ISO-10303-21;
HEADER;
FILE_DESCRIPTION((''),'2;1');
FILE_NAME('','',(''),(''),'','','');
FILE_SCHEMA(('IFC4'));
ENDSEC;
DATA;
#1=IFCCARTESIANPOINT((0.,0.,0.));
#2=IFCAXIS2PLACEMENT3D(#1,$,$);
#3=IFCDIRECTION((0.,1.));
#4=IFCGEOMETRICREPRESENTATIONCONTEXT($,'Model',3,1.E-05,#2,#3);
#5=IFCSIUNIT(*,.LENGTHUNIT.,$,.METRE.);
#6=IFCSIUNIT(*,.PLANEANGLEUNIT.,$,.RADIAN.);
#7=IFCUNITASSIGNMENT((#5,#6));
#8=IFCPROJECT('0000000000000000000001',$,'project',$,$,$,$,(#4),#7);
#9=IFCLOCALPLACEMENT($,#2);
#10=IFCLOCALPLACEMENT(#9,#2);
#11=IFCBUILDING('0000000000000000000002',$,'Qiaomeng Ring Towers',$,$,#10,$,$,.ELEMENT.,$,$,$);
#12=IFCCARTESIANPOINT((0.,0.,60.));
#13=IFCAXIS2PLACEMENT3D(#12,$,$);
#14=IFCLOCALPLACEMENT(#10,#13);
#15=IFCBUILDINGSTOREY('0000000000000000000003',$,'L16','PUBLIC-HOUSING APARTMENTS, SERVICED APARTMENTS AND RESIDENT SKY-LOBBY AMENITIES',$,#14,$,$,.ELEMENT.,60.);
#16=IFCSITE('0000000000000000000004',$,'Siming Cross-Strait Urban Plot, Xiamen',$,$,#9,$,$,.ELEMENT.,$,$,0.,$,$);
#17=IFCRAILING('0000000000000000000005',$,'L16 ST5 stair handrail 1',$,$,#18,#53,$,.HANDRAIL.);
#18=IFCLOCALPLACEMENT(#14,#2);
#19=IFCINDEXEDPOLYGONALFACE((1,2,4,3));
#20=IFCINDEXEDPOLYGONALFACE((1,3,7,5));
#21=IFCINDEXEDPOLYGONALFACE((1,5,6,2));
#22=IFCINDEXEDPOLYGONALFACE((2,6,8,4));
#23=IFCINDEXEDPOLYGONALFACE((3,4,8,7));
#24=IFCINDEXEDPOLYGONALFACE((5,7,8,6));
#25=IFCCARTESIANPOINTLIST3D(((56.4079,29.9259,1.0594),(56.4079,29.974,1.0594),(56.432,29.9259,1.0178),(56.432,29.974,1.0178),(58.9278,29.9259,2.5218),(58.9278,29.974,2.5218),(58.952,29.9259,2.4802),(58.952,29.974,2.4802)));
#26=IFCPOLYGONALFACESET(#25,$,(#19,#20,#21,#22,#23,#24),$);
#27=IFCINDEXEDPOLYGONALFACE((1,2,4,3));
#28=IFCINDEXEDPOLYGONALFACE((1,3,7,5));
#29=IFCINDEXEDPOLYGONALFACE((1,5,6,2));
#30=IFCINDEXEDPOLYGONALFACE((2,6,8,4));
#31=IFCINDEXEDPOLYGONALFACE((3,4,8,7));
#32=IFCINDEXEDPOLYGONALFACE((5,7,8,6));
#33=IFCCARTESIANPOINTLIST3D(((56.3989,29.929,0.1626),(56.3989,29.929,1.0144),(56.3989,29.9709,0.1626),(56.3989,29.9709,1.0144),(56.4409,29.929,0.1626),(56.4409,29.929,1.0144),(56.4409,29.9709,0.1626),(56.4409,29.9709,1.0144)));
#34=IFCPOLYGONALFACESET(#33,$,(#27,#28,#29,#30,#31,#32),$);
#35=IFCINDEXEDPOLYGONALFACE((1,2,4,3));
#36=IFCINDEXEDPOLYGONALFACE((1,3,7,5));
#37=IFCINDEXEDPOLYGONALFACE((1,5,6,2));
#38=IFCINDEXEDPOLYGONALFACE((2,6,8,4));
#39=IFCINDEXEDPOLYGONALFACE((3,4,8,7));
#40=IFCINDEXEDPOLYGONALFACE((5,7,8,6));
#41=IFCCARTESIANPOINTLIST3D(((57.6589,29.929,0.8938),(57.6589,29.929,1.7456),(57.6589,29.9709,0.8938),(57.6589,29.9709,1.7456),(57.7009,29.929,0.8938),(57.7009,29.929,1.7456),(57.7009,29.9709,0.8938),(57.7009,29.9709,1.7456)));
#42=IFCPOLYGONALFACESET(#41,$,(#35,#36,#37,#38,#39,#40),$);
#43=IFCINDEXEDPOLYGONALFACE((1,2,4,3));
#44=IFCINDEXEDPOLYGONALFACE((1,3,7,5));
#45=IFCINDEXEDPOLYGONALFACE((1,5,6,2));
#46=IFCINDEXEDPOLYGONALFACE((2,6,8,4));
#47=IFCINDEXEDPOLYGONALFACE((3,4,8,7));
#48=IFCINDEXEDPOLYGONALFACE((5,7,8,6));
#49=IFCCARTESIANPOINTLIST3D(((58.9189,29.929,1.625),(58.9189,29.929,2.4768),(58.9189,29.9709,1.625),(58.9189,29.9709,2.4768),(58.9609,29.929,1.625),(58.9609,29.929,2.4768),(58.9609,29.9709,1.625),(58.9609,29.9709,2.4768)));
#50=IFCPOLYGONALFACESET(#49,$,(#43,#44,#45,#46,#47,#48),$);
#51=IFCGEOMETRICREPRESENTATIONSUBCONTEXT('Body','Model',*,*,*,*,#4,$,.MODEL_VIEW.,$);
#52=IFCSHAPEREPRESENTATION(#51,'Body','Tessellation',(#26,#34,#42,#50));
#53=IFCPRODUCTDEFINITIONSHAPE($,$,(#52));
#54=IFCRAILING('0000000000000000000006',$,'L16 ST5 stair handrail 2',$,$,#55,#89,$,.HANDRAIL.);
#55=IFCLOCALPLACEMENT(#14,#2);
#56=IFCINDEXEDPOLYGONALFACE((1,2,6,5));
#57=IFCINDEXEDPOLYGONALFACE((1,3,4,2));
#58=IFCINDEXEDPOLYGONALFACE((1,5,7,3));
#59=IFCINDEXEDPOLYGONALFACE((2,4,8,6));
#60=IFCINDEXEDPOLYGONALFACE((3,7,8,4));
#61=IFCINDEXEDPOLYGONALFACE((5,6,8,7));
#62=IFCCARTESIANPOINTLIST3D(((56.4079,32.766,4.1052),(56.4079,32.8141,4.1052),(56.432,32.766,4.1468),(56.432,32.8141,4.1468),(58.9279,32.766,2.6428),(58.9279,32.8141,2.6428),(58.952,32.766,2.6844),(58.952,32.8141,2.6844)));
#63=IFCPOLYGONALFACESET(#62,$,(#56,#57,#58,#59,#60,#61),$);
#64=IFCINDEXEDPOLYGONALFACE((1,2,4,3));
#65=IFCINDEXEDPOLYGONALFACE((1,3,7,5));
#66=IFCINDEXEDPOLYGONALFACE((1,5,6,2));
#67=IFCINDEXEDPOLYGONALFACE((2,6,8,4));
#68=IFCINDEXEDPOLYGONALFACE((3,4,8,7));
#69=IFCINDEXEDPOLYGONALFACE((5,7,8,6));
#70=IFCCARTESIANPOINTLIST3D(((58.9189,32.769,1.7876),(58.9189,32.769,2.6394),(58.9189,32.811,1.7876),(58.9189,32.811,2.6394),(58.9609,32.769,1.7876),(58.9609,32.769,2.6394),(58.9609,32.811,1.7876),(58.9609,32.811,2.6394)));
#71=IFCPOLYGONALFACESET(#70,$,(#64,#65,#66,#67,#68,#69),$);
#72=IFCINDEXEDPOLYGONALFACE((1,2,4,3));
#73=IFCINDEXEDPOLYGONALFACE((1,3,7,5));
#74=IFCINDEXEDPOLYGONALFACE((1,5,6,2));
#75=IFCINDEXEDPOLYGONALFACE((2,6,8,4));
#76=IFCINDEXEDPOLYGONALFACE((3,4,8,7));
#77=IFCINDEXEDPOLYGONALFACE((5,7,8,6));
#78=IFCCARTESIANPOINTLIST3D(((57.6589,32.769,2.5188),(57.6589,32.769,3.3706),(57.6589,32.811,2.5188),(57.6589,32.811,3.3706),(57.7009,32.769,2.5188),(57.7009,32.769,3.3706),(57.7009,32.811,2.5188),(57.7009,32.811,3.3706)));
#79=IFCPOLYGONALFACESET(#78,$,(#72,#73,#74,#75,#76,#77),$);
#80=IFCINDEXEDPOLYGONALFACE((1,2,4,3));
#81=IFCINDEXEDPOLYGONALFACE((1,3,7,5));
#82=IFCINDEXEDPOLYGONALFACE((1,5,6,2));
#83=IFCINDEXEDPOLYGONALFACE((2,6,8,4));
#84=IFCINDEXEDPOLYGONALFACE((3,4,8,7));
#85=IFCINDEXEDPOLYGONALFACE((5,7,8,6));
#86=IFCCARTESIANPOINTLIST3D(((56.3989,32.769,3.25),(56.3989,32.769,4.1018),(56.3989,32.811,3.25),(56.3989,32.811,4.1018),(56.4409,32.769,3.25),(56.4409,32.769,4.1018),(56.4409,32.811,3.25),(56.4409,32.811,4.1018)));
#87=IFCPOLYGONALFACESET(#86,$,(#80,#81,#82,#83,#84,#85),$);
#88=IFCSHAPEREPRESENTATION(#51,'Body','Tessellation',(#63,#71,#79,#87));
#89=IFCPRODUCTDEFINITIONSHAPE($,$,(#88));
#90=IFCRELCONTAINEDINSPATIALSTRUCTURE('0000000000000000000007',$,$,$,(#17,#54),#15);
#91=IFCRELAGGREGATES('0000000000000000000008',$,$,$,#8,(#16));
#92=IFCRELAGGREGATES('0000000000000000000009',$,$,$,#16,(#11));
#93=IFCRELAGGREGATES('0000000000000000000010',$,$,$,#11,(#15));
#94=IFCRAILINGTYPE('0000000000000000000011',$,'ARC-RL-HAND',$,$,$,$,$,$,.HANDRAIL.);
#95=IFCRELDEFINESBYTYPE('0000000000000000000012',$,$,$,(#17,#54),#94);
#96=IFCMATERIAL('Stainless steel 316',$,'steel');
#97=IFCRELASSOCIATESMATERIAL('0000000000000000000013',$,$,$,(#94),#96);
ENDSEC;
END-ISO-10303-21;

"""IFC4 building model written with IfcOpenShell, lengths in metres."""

from ifc_helpers import new_model, si_unit, direction, frame, origin, origin_2d, place, context, subcontext, project, spatial, rectangle, extrude, material, type_object, element, save


model = new_model("IFC4")

# Units and contexts
model_context = context("Model", 3, precision=1e-05, world=origin(), true_north=direction((0.0, 1.0)))
body_context = subcontext(model_context, "Body", "Model", "MODEL_VIEW")
ifc_project = project(units=[si_unit("LENGTHUNIT", "METRE"), si_unit("PLANEANGLEUNIT", "RADIAN")], contexts=[model_context])

# Site, building, storey
site_placement = place(None, origin())
site = spatial("IfcSite", under=ifc_project, at=site_placement, Name="Siming Cross-Strait Urban Plot, Xiamen", CompositionType="ELEMENT", RefElevation=0.0)
building_placement = place(site_placement, origin())
building = spatial("IfcBuilding", under=site, at=building_placement, Name="Qiaomeng Ring Towers", CompositionType="ELEMENT")
storey_placement = place(building_placement, frame((0.0, 0.0, 60.0)))
storey = spatial("IfcBuildingStorey", under=building, at=storey_placement, Name="L16", Description="PUBLIC-HOUSING APARTMENTS, SERVICED APARTMENTS AND RESIDENT SKY-LOBBY AMENITIES", CompositionType="ELEMENT", Elevation=60.0)

# Shared definitions
ifc_material_1 = material(Name="Stainless steel 316", Category="steel")

# Railings
railing_type_1 = type_object("IfcRailingType", Name="ARC-RL-HAND", PredefinedType="HANDRAIL", material=ifc_material_1)
railing_1_placement = place(storey_placement, frame((56.4199, 29.95, 0.1626)))
element("IfcRailing", 1, at=railing_1_placement, inside=storey, type_object=railing_type_1, Name="L16 ST5 stair handrail 1", PredefinedType="HANDRAIL", context=body_context, shape_type="SweptSolid", body=[
    extrude(rectangle(XDim=0.0481, YDim=0.0481, at=origin_2d()), frame((0.0, 0.0, 0.876), z_axis=(0.864913, 0.0, 0.501921), x_axis=(0.0, 1.0, 0.0)), (0.0, 0.0, 1.0), 2.9136),
    extrude(rectangle(XDim=0.042, YDim=0.042, at=origin_2d()), origin(), (0.0, 0.0, 1.0), 0.8518),
    extrude(rectangle(XDim=0.042, YDim=0.042, at=origin_2d()), frame((1.26, 0.0, 0.7312)), (0.0, 0.0, 1.0), 0.8518),
    extrude(rectangle(XDim=0.042, YDim=0.042, at=origin_2d()), frame((2.52, 0.0, 1.4624)), (0.0, 0.0, 1.0), 0.8518),
])
railing_2_placement = place(storey_placement, frame((58.9399, 32.79, 1.7876)))
element("IfcRailing", 2, at=railing_2_placement, inside=storey, type_object=railing_type_1, Name="L16 ST5 stair handrail 2", PredefinedType="HANDRAIL", context=body_context, shape_type="SweptSolid", body=[
    extrude(rectangle(XDim=0.0481, YDim=0.0481, at=origin_2d()), frame((0.0, 0.0, 0.876), z_axis=(-0.864913, 0.0, 0.501921), x_axis=(0.0, -1.0, 0.0)), (0.0, 0.0, 1.0), 2.9136),
    extrude(rectangle(XDim=0.042, YDim=0.042, at=origin_2d()), origin(), (0.0, 0.0, 1.0), 0.8518),
    extrude(rectangle(XDim=0.042, YDim=0.042, at=origin_2d()), frame((-1.26, 0.0, 0.7312)), (0.0, 0.0, 1.0), 0.8518),
    extrude(rectangle(XDim=0.042, YDim=0.042, at=origin_2d()), frame((-2.52, 0.0, 1.4624)), (0.0, 0.0, 1.0), 0.8518),
])

save(model, "model.ifc")
